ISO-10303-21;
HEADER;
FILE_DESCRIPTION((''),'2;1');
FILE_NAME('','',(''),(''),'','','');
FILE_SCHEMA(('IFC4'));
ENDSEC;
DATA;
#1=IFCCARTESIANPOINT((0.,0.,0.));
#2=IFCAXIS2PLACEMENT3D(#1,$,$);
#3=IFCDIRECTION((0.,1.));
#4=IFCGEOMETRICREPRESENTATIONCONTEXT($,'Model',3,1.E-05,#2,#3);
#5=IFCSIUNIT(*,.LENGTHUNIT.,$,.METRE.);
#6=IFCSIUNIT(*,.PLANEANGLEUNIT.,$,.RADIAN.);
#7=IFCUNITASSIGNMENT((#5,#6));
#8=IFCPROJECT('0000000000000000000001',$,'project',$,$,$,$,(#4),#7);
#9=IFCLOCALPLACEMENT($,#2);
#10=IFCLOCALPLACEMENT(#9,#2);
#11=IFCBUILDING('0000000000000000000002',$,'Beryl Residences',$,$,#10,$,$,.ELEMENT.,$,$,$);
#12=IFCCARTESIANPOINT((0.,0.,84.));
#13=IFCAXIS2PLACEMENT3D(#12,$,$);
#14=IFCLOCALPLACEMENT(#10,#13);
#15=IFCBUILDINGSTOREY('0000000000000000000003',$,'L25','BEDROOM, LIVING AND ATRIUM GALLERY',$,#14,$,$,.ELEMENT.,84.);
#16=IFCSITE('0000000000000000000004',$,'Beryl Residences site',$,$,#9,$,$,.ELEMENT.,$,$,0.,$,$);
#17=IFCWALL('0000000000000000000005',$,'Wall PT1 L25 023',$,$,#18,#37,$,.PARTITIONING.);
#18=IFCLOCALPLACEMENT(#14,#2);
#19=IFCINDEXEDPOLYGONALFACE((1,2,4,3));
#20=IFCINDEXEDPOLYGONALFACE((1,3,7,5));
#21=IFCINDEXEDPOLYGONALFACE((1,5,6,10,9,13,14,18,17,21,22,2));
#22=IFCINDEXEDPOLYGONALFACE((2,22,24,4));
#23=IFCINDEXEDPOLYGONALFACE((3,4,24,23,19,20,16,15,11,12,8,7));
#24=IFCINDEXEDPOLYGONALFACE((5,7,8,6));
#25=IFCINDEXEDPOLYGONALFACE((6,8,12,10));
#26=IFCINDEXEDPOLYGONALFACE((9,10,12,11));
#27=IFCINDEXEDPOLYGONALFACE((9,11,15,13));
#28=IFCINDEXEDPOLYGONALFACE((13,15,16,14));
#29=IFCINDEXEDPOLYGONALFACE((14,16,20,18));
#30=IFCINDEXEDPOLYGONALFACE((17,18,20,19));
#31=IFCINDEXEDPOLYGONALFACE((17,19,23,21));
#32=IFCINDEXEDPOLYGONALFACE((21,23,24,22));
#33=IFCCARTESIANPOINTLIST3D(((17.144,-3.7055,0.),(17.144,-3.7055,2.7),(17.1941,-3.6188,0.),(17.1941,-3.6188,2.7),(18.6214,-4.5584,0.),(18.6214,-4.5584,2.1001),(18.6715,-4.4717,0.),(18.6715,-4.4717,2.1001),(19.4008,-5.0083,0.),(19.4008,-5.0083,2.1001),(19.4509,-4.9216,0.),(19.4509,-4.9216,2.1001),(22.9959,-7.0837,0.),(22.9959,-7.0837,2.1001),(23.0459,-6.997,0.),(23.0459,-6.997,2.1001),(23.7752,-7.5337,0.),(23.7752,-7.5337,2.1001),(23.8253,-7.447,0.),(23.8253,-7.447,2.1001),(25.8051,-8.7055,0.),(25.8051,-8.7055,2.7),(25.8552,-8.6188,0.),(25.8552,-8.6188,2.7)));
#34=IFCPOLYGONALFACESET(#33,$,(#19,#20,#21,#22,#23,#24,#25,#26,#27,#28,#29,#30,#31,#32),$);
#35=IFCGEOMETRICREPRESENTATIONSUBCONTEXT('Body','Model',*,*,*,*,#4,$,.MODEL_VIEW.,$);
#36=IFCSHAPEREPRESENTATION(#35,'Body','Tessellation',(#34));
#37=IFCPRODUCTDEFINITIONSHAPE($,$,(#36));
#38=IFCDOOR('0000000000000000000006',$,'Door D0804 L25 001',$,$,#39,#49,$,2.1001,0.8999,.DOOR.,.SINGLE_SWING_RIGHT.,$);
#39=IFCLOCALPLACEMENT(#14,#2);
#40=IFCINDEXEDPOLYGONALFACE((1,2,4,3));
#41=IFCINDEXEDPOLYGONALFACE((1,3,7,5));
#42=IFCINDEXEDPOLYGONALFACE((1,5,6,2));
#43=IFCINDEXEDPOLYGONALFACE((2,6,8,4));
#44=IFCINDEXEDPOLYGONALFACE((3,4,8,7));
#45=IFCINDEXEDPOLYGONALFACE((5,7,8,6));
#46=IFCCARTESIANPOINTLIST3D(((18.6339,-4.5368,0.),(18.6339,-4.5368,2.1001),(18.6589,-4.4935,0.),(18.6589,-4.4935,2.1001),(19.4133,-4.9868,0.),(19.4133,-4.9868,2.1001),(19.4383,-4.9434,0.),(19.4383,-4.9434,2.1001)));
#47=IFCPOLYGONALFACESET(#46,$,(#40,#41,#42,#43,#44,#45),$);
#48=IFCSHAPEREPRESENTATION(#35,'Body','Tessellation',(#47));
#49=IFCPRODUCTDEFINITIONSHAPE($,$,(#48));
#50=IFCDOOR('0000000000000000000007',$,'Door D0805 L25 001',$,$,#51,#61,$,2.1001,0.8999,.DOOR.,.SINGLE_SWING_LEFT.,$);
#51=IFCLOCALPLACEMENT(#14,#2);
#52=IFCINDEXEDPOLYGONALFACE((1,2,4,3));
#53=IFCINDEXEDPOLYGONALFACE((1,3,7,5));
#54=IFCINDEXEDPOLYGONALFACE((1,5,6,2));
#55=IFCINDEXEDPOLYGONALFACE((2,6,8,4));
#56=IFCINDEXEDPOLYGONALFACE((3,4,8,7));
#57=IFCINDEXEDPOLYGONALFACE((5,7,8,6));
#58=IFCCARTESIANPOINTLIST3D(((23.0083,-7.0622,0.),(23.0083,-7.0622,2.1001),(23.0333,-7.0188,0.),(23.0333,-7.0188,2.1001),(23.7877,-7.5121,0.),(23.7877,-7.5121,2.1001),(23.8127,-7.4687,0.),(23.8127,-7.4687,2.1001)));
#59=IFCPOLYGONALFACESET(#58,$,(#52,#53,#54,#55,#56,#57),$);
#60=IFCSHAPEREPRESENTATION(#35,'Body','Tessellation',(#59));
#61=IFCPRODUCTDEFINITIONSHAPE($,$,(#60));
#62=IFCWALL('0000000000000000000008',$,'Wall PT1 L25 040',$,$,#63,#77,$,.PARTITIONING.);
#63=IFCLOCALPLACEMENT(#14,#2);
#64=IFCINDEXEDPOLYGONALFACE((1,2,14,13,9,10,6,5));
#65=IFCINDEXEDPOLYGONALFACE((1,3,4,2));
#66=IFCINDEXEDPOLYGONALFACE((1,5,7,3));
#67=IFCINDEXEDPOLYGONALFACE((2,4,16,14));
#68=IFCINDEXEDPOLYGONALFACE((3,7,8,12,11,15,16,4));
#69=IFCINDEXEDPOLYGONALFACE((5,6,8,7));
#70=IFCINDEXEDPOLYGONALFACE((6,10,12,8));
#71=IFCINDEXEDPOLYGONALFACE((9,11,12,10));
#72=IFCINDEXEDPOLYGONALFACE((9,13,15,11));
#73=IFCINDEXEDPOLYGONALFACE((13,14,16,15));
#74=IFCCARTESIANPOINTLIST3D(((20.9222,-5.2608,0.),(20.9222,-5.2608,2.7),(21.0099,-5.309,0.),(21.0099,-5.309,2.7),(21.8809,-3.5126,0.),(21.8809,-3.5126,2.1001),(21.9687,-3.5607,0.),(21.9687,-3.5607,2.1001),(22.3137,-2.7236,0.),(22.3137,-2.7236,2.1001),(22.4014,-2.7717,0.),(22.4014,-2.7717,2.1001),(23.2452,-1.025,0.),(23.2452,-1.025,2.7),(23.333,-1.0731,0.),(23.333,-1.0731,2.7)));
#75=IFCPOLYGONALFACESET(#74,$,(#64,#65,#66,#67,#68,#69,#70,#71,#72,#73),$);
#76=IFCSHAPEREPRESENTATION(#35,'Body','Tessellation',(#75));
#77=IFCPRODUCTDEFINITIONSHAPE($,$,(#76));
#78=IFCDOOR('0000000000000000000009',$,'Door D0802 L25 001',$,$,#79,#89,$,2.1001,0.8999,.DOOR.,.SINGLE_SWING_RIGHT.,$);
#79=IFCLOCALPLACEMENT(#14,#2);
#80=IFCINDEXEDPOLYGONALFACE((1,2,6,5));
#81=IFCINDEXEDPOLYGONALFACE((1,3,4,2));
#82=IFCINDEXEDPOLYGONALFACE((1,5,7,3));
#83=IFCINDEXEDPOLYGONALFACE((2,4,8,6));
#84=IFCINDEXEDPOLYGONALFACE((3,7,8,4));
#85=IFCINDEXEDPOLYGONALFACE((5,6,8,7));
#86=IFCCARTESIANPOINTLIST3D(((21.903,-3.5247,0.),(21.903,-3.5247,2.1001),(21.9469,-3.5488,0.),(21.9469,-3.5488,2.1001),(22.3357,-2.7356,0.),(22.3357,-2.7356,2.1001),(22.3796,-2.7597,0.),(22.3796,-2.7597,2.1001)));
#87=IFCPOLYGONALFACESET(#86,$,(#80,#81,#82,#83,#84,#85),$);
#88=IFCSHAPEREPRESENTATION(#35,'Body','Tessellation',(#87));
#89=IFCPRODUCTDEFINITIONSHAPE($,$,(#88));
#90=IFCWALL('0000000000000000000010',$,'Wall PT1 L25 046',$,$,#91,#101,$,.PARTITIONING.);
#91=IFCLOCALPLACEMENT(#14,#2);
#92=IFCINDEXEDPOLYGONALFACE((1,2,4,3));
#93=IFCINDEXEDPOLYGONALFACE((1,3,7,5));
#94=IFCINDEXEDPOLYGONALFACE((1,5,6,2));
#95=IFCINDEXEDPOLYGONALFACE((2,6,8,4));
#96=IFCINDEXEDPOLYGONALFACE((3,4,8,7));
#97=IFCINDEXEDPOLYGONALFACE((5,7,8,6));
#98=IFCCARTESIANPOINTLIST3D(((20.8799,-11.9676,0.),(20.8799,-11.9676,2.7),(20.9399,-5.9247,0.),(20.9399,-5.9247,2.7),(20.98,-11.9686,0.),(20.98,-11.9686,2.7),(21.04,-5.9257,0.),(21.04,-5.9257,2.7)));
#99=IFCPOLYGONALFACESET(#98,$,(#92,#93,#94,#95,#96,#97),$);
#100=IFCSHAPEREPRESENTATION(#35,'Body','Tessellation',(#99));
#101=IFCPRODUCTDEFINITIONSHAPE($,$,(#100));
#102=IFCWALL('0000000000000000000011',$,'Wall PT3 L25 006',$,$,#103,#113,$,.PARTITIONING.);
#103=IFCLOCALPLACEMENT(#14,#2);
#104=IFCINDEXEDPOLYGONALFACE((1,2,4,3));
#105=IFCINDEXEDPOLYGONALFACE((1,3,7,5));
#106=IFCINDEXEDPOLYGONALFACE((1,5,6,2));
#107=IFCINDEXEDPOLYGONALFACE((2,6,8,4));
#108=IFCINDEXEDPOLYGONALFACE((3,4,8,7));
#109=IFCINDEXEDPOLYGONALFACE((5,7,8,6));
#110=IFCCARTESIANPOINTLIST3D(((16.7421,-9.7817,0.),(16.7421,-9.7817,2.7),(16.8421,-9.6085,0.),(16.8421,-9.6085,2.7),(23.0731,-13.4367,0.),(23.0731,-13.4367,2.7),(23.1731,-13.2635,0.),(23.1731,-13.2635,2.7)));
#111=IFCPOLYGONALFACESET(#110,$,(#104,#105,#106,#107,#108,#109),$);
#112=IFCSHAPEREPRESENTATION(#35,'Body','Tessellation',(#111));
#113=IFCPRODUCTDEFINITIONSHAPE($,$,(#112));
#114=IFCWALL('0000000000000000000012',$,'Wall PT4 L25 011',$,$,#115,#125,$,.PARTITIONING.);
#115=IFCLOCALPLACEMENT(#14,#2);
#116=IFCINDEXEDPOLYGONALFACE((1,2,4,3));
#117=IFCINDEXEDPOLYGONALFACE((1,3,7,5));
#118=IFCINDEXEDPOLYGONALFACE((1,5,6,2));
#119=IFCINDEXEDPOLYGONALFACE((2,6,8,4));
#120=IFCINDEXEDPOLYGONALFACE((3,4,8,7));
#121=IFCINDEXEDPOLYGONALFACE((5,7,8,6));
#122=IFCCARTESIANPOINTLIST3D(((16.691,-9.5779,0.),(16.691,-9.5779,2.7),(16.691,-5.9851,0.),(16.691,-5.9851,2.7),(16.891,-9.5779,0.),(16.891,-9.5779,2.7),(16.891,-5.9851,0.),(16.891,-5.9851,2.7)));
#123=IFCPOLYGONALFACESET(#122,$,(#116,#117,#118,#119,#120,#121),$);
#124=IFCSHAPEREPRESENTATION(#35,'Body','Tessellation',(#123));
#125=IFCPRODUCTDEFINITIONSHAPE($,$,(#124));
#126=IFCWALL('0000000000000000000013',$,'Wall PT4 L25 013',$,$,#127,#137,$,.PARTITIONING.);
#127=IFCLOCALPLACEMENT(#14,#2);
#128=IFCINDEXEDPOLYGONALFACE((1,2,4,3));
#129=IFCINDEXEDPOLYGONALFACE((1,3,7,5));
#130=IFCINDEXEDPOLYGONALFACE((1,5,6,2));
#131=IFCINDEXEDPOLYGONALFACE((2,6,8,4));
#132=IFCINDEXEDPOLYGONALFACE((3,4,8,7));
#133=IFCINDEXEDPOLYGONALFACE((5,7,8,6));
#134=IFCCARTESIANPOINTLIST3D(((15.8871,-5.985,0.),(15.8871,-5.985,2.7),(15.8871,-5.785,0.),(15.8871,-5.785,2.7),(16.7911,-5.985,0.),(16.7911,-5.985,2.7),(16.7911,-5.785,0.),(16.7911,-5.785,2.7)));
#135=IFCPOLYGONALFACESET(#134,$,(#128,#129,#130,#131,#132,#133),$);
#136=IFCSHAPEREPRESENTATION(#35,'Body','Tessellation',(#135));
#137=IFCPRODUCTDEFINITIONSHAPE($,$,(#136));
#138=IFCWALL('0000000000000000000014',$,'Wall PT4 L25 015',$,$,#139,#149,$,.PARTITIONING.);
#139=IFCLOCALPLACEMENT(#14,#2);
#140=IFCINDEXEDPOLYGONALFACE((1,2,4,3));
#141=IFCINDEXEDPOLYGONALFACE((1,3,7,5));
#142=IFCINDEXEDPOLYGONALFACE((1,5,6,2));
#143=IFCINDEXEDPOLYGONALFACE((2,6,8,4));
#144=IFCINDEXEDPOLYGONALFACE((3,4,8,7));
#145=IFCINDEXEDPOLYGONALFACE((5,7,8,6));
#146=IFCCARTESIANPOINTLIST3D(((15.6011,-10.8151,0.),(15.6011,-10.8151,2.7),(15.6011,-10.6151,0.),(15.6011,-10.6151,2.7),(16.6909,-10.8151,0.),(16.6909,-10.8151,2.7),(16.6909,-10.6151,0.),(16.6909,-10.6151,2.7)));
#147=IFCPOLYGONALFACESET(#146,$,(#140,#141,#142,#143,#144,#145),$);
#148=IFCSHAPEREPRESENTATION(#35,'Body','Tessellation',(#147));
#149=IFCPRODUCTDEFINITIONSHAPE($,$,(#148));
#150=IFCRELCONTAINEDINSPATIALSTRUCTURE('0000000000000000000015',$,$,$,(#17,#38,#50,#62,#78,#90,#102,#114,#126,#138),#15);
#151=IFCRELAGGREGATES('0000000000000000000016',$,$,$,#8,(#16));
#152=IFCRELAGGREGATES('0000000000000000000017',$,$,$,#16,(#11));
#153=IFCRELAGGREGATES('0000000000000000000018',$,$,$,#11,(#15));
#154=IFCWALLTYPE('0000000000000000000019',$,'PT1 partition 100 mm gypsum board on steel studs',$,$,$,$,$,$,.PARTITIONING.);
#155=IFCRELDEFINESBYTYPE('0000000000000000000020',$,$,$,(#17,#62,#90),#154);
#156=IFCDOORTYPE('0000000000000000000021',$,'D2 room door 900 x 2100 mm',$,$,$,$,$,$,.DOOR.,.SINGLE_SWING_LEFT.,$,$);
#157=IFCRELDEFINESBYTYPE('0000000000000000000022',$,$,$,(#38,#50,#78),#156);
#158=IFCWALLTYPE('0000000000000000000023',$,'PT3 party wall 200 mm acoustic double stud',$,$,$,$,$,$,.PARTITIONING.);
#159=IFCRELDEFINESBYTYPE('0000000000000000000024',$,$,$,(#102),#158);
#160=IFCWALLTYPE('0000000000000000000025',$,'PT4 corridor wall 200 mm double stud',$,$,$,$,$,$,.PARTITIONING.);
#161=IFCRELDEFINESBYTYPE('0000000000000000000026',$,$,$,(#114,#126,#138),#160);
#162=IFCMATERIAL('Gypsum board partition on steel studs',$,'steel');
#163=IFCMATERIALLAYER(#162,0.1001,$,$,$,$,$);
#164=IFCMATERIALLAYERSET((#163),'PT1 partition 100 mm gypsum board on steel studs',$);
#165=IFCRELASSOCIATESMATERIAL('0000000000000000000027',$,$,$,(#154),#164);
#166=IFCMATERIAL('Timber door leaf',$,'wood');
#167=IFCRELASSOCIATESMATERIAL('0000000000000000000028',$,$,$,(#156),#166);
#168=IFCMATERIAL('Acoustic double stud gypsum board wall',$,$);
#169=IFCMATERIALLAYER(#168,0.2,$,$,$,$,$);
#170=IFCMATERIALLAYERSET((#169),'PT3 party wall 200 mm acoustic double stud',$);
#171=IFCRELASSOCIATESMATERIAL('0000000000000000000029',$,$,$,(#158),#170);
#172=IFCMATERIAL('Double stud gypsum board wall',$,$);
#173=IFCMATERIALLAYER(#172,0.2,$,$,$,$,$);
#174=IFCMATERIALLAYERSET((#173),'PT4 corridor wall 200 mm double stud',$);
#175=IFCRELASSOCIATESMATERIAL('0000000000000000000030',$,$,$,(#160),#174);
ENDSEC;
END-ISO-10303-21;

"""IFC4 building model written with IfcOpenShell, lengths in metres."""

from ifc_helpers import new_model, si_unit, direction, frame, frame_2d, origin, place, context, subcontext, project, spatial, rectangle, extrude, material, layer, layer_set, type_object, element, fill, save


model = new_model("IFC4")

# Units and contexts
model_context = context("Model", 3, precision=1e-05, world=origin(), true_north=direction((0.0, 1.0)))
body_context = subcontext(model_context, "Body", "Model", "MODEL_VIEW")
ifc_project = project(units=[si_unit("LENGTHUNIT", "METRE"), si_unit("PLANEANGLEUNIT", "RADIAN")], contexts=[model_context])

# Site, building, storey
site_placement = place(None, origin())
site = spatial("IfcSite", under=ifc_project, at=site_placement, Name="Beryl Residences site", CompositionType="ELEMENT", RefElevation=0.0)
building_placement = place(site_placement, origin())
building = spatial("IfcBuilding", under=site, at=building_placement, Name="Beryl Residences", CompositionType="ELEMENT")
storey_placement = place(building_placement, frame((0.0, 0.0, 84.0)))
storey = spatial("IfcBuildingStorey", under=building, at=storey_placement, Name="L25", Description="BEDROOM, LIVING AND ATRIUM GALLERY", CompositionType="ELEMENT", Elevation=84.0)

# Shared definitions
ifc_material_1 = material(Name="Gypsum board partition on steel studs", Category="steel")
ifc_layer_1 = layer(ifc_material_1, 0.1001)
ifc_layer_set_1 = layer_set([ifc_layer_1], Name="PT1 partition 100 mm gypsum board on steel studs")
wall_type_1 = type_object("IfcWallType", Name="PT1 partition 100 mm gypsum board on steel studs", PredefinedType="PARTITIONING", material=ifc_layer_set_1)

# Wall, openings, doors
wall_1_placement = place(storey_placement, frame((17.1689, -3.6621, 0.0), z_axis=(0.0, 0.0, 1.0), x_axis=(0.866047, -0.499962, 0.0)))
wall_1 = element("IfcWall", 1, at=wall_1_placement, inside=storey, type_object=wall_type_1, Name="Wall PT1 L25 023", PredefinedType="PARTITIONING", context=body_context, shape_type="SweptSolid", body=[
    extrude(rectangle(XDim=10.0007, YDim=0.1001, at=frame_2d((5.0005, 0.0))), origin(), (0.0, 0.0, 1.0), 2.7),
])
opening_1_placement = place(wall_1_placement, frame((1.7061, 0.0, 0.0)))
opening_1 = element("IfcOpeningElement", 2, at=opening_1_placement, cuts=wall_1, PredefinedType="OPENING", context=body_context, shape_type="SweptSolid", body=[
    extrude(rectangle(XDim=0.8999, YDim=2.1001, at=frame_2d((0.45, 1.05))), frame((0.0, 0.0601, 0.0), z_axis=(0.0, -1.0, 0.0), x_axis=(1.0, 0.0, 0.0)), (0.0, 0.0, 1.0), 0.1201),
])
opening_2_placement = place(wall_1_placement, frame((6.7571, 0.0, 0.0)))
opening_2 = element("IfcOpeningElement", 3, at=opening_2_placement, cuts=wall_1, PredefinedType="OPENING", context=body_context, shape_type="SweptSolid", body=[
    extrude(rectangle(XDim=0.8999, YDim=2.1001, at=frame_2d((0.45, 1.05))), frame((0.0, 0.0601, 0.0), z_axis=(0.0, -1.0, 0.0), x_axis=(1.0, 0.0, 0.0)), (0.0, 0.0, 1.0), 0.1201),
])
ifc_material_2 = material(Name="Timber door leaf", Category="wood")
door_type_1 = type_object("IfcDoorType", Name="D2 room door 900 x 2100 mm", OperationType="SINGLE_SWING_LEFT", PredefinedType="DOOR", material=ifc_material_2)
door_1_placement = place(opening_1_placement, origin())
door_1 = element("IfcDoor", 4, at=door_1_placement, inside=storey, type_object=door_type_1, Name="Door D0804 L25 001", OperationType="SINGLE_SWING_RIGHT", OverallHeight=2.1001, OverallWidth=0.8999, PredefinedType="DOOR", context=body_context, shape_type="SweptSolid", body=[
    extrude(rectangle(XDim=0.8999, YDim=2.1001, at=frame_2d((0.45, 1.05))), frame((0.0, 0.0249, 0.0), z_axis=(0.0, -1.0, 0.0), x_axis=(1.0, 0.0, 0.0)), (0.0, 0.0, 1.0), 0.05),
])
fill(opening_1, door_1)
door_2_placement = place(opening_2_placement, origin())
door_2 = element("IfcDoor", 5, at=door_2_placement, inside=storey, type_object=door_type_1, Name="Door D0805 L25 001", OperationType="SINGLE_SWING_LEFT", OverallHeight=2.1001, OverallWidth=0.8999, PredefinedType="DOOR", context=body_context, shape_type="SweptSolid", body=[
    extrude(rectangle(XDim=0.8999, YDim=2.1001, at=frame_2d((0.45, 1.05))), frame((0.0, 0.0249, 0.0), z_axis=(0.0, -1.0, 0.0), x_axis=(1.0, 0.0, 0.0)), (0.0, 0.0, 1.0), 0.05),
])
fill(opening_2, door_2)

# Wall, opening, door
wall_2_placement = place(storey_placement, frame((20.9661, -5.2849, 0.0), z_axis=(0.0, 0.0, 1.0), x_axis=(0.480851, 0.876802, 0.0)))
wall_2 = element("IfcWall", 6, at=wall_2_placement, inside=storey, type_object=wall_type_1, Name="Wall PT1 L25 040", PredefinedType="PARTITIONING", context=body_context, shape_type="SweptSolid", body=[
    extrude(rectangle(XDim=4.8311, YDim=0.1001, at=frame_2d((2.4155, 0.0))), origin(), (0.0, 0.0, 1.0), 2.7),
])
opening_3_placement = place(wall_2_placement, frame((1.9939, 0.0, 0.0)))
opening_3 = element("IfcOpeningElement", 7, at=opening_3_placement, cuts=wall_2, PredefinedType="OPENING", context=body_context, shape_type="SweptSolid", body=[
    extrude(rectangle(XDim=0.8999, YDim=2.1001, at=frame_2d((0.45, 1.05))), frame((0.0, 0.0601, 0.0), z_axis=(0.0, -1.0, 0.0), x_axis=(1.0, 0.0, 0.0)), (0.0, 0.0, 1.0), 0.1201),
])
door_3_placement = place(opening_3_placement, origin())
door_3 = element("IfcDoor", 8, at=door_3_placement, inside=storey, type_object=door_type_1, Name="Door D0802 L25 001", OperationType="SINGLE_SWING_RIGHT", OverallHeight=2.1001, OverallWidth=0.8999, PredefinedType="DOOR", context=body_context, shape_type="SweptSolid", body=[
    extrude(rectangle(XDim=0.8999, YDim=2.1001, at=frame_2d((0.45, 1.05))), frame((0.0, 0.0249, 0.0), z_axis=(0.0, -1.0, 0.0), x_axis=(1.0, 0.0, 0.0)), (0.0, 0.0, 1.0), 0.05),
])
fill(opening_3, door_3)

# Walls
wall_3_placement = place(storey_placement, frame((20.9299, -11.968, 0.0), z_axis=(0.0, 0.0, 1.0), x_axis=(0.009938, 0.999951, 0.0)))
element("IfcWall", 9, at=wall_3_placement, inside=storey, type_object=wall_type_1, Name="Wall PT1 L25 046", PredefinedType="PARTITIONING", context=body_context, shape_type="SweptSolid", body=[
    extrude(rectangle(XDim=6.0432, YDim=0.1001, at=frame_2d((3.0215, 0.0))), origin(), (0.0, 0.0, 1.0), 2.7),
])
ifc_material_3 = material(Name="Acoustic double stud gypsum board wall")
ifc_layer_2 = layer(ifc_material_3, 0.2)
ifc_layer_set_2 = layer_set([ifc_layer_2], Name="PT3 party wall 200 mm acoustic double stud")
wall_type_2 = type_object("IfcWallType", Name="PT3 party wall 200 mm acoustic double stud", PredefinedType="PARTITIONING", material=ifc_layer_set_2)
wall_4_placement = place(storey_placement, frame((16.792, -9.6951, 0.0), z_axis=(0.0, 0.0, 1.0), x_axis=(0.866038, -0.499979, 0.0)))
element("IfcWall", 10, at=wall_4_placement, inside=storey, type_object=wall_type_2, Name="Wall PT3 L25 006", PredefinedType="PARTITIONING", context=body_context, shape_type="SweptSolid", body=[
    extrude(rectangle(XDim=7.3103, YDim=0.2, at=frame_2d((3.6553, 0.0))), origin(), (0.0, 0.0, 1.0), 2.7),
])
ifc_material_4 = material(Name="Double stud gypsum board wall")
ifc_layer_3 = layer(ifc_material_4, 0.2)
ifc_layer_set_3 = layer_set([ifc_layer_3], Name="PT4 corridor wall 200 mm double stud")
wall_type_3 = type_object("IfcWallType", Name="PT4 corridor wall 200 mm double stud", PredefinedType="PARTITIONING", material=ifc_layer_set_3)
wall_5_placement = place(storey_placement, frame((16.791, -5.9851, 0.0), z_axis=(0.0, 0.0, 1.0), x_axis=(0.0, -1.0, 0.0)))
element("IfcWall", 11, at=wall_5_placement, inside=storey, type_object=wall_type_3, Name="Wall PT4 L25 011", PredefinedType="PARTITIONING", context=body_context, shape_type="SweptSolid", body=[
    extrude(rectangle(XDim=3.5928, YDim=0.2, at=frame_2d((1.7964, 0.0))), origin(), (0.0, 0.0, 1.0), 2.7),
])
wall_6_placement = place(storey_placement, frame((15.887, -5.885, 0.0), z_axis=(0.0, 0.0, 1.0), x_axis=(1.0, 0.0, 0.0)))
element("IfcWall", 12, at=wall_6_placement, inside=storey, type_object=wall_type_3, Name="Wall PT4 L25 013", PredefinedType="PARTITIONING", context=body_context, shape_type="SweptSolid", body=[
    extrude(rectangle(XDim=0.9041, YDim=0.2, at=frame_2d((0.4521, 0.0))), origin(), (0.0, 0.0, 1.0), 2.7),
])
wall_7_placement = place(storey_placement, frame((15.6011, -10.7151, 0.0), z_axis=(0.0, 0.0, 1.0), x_axis=(1.0, 0.0, 0.0)))
element("IfcWall", 13, at=wall_7_placement, inside=storey, type_object=wall_type_3, Name="Wall PT4 L25 015", PredefinedType="PARTITIONING", context=body_context, shape_type="SweptSolid", body=[
    extrude(rectangle(XDim=1.0898, YDim=0.2, at=frame_2d((0.5449, 0.0))), origin(), (0.0, 0.0, 1.0), 2.7),
])

save(model, "model.ifc")
